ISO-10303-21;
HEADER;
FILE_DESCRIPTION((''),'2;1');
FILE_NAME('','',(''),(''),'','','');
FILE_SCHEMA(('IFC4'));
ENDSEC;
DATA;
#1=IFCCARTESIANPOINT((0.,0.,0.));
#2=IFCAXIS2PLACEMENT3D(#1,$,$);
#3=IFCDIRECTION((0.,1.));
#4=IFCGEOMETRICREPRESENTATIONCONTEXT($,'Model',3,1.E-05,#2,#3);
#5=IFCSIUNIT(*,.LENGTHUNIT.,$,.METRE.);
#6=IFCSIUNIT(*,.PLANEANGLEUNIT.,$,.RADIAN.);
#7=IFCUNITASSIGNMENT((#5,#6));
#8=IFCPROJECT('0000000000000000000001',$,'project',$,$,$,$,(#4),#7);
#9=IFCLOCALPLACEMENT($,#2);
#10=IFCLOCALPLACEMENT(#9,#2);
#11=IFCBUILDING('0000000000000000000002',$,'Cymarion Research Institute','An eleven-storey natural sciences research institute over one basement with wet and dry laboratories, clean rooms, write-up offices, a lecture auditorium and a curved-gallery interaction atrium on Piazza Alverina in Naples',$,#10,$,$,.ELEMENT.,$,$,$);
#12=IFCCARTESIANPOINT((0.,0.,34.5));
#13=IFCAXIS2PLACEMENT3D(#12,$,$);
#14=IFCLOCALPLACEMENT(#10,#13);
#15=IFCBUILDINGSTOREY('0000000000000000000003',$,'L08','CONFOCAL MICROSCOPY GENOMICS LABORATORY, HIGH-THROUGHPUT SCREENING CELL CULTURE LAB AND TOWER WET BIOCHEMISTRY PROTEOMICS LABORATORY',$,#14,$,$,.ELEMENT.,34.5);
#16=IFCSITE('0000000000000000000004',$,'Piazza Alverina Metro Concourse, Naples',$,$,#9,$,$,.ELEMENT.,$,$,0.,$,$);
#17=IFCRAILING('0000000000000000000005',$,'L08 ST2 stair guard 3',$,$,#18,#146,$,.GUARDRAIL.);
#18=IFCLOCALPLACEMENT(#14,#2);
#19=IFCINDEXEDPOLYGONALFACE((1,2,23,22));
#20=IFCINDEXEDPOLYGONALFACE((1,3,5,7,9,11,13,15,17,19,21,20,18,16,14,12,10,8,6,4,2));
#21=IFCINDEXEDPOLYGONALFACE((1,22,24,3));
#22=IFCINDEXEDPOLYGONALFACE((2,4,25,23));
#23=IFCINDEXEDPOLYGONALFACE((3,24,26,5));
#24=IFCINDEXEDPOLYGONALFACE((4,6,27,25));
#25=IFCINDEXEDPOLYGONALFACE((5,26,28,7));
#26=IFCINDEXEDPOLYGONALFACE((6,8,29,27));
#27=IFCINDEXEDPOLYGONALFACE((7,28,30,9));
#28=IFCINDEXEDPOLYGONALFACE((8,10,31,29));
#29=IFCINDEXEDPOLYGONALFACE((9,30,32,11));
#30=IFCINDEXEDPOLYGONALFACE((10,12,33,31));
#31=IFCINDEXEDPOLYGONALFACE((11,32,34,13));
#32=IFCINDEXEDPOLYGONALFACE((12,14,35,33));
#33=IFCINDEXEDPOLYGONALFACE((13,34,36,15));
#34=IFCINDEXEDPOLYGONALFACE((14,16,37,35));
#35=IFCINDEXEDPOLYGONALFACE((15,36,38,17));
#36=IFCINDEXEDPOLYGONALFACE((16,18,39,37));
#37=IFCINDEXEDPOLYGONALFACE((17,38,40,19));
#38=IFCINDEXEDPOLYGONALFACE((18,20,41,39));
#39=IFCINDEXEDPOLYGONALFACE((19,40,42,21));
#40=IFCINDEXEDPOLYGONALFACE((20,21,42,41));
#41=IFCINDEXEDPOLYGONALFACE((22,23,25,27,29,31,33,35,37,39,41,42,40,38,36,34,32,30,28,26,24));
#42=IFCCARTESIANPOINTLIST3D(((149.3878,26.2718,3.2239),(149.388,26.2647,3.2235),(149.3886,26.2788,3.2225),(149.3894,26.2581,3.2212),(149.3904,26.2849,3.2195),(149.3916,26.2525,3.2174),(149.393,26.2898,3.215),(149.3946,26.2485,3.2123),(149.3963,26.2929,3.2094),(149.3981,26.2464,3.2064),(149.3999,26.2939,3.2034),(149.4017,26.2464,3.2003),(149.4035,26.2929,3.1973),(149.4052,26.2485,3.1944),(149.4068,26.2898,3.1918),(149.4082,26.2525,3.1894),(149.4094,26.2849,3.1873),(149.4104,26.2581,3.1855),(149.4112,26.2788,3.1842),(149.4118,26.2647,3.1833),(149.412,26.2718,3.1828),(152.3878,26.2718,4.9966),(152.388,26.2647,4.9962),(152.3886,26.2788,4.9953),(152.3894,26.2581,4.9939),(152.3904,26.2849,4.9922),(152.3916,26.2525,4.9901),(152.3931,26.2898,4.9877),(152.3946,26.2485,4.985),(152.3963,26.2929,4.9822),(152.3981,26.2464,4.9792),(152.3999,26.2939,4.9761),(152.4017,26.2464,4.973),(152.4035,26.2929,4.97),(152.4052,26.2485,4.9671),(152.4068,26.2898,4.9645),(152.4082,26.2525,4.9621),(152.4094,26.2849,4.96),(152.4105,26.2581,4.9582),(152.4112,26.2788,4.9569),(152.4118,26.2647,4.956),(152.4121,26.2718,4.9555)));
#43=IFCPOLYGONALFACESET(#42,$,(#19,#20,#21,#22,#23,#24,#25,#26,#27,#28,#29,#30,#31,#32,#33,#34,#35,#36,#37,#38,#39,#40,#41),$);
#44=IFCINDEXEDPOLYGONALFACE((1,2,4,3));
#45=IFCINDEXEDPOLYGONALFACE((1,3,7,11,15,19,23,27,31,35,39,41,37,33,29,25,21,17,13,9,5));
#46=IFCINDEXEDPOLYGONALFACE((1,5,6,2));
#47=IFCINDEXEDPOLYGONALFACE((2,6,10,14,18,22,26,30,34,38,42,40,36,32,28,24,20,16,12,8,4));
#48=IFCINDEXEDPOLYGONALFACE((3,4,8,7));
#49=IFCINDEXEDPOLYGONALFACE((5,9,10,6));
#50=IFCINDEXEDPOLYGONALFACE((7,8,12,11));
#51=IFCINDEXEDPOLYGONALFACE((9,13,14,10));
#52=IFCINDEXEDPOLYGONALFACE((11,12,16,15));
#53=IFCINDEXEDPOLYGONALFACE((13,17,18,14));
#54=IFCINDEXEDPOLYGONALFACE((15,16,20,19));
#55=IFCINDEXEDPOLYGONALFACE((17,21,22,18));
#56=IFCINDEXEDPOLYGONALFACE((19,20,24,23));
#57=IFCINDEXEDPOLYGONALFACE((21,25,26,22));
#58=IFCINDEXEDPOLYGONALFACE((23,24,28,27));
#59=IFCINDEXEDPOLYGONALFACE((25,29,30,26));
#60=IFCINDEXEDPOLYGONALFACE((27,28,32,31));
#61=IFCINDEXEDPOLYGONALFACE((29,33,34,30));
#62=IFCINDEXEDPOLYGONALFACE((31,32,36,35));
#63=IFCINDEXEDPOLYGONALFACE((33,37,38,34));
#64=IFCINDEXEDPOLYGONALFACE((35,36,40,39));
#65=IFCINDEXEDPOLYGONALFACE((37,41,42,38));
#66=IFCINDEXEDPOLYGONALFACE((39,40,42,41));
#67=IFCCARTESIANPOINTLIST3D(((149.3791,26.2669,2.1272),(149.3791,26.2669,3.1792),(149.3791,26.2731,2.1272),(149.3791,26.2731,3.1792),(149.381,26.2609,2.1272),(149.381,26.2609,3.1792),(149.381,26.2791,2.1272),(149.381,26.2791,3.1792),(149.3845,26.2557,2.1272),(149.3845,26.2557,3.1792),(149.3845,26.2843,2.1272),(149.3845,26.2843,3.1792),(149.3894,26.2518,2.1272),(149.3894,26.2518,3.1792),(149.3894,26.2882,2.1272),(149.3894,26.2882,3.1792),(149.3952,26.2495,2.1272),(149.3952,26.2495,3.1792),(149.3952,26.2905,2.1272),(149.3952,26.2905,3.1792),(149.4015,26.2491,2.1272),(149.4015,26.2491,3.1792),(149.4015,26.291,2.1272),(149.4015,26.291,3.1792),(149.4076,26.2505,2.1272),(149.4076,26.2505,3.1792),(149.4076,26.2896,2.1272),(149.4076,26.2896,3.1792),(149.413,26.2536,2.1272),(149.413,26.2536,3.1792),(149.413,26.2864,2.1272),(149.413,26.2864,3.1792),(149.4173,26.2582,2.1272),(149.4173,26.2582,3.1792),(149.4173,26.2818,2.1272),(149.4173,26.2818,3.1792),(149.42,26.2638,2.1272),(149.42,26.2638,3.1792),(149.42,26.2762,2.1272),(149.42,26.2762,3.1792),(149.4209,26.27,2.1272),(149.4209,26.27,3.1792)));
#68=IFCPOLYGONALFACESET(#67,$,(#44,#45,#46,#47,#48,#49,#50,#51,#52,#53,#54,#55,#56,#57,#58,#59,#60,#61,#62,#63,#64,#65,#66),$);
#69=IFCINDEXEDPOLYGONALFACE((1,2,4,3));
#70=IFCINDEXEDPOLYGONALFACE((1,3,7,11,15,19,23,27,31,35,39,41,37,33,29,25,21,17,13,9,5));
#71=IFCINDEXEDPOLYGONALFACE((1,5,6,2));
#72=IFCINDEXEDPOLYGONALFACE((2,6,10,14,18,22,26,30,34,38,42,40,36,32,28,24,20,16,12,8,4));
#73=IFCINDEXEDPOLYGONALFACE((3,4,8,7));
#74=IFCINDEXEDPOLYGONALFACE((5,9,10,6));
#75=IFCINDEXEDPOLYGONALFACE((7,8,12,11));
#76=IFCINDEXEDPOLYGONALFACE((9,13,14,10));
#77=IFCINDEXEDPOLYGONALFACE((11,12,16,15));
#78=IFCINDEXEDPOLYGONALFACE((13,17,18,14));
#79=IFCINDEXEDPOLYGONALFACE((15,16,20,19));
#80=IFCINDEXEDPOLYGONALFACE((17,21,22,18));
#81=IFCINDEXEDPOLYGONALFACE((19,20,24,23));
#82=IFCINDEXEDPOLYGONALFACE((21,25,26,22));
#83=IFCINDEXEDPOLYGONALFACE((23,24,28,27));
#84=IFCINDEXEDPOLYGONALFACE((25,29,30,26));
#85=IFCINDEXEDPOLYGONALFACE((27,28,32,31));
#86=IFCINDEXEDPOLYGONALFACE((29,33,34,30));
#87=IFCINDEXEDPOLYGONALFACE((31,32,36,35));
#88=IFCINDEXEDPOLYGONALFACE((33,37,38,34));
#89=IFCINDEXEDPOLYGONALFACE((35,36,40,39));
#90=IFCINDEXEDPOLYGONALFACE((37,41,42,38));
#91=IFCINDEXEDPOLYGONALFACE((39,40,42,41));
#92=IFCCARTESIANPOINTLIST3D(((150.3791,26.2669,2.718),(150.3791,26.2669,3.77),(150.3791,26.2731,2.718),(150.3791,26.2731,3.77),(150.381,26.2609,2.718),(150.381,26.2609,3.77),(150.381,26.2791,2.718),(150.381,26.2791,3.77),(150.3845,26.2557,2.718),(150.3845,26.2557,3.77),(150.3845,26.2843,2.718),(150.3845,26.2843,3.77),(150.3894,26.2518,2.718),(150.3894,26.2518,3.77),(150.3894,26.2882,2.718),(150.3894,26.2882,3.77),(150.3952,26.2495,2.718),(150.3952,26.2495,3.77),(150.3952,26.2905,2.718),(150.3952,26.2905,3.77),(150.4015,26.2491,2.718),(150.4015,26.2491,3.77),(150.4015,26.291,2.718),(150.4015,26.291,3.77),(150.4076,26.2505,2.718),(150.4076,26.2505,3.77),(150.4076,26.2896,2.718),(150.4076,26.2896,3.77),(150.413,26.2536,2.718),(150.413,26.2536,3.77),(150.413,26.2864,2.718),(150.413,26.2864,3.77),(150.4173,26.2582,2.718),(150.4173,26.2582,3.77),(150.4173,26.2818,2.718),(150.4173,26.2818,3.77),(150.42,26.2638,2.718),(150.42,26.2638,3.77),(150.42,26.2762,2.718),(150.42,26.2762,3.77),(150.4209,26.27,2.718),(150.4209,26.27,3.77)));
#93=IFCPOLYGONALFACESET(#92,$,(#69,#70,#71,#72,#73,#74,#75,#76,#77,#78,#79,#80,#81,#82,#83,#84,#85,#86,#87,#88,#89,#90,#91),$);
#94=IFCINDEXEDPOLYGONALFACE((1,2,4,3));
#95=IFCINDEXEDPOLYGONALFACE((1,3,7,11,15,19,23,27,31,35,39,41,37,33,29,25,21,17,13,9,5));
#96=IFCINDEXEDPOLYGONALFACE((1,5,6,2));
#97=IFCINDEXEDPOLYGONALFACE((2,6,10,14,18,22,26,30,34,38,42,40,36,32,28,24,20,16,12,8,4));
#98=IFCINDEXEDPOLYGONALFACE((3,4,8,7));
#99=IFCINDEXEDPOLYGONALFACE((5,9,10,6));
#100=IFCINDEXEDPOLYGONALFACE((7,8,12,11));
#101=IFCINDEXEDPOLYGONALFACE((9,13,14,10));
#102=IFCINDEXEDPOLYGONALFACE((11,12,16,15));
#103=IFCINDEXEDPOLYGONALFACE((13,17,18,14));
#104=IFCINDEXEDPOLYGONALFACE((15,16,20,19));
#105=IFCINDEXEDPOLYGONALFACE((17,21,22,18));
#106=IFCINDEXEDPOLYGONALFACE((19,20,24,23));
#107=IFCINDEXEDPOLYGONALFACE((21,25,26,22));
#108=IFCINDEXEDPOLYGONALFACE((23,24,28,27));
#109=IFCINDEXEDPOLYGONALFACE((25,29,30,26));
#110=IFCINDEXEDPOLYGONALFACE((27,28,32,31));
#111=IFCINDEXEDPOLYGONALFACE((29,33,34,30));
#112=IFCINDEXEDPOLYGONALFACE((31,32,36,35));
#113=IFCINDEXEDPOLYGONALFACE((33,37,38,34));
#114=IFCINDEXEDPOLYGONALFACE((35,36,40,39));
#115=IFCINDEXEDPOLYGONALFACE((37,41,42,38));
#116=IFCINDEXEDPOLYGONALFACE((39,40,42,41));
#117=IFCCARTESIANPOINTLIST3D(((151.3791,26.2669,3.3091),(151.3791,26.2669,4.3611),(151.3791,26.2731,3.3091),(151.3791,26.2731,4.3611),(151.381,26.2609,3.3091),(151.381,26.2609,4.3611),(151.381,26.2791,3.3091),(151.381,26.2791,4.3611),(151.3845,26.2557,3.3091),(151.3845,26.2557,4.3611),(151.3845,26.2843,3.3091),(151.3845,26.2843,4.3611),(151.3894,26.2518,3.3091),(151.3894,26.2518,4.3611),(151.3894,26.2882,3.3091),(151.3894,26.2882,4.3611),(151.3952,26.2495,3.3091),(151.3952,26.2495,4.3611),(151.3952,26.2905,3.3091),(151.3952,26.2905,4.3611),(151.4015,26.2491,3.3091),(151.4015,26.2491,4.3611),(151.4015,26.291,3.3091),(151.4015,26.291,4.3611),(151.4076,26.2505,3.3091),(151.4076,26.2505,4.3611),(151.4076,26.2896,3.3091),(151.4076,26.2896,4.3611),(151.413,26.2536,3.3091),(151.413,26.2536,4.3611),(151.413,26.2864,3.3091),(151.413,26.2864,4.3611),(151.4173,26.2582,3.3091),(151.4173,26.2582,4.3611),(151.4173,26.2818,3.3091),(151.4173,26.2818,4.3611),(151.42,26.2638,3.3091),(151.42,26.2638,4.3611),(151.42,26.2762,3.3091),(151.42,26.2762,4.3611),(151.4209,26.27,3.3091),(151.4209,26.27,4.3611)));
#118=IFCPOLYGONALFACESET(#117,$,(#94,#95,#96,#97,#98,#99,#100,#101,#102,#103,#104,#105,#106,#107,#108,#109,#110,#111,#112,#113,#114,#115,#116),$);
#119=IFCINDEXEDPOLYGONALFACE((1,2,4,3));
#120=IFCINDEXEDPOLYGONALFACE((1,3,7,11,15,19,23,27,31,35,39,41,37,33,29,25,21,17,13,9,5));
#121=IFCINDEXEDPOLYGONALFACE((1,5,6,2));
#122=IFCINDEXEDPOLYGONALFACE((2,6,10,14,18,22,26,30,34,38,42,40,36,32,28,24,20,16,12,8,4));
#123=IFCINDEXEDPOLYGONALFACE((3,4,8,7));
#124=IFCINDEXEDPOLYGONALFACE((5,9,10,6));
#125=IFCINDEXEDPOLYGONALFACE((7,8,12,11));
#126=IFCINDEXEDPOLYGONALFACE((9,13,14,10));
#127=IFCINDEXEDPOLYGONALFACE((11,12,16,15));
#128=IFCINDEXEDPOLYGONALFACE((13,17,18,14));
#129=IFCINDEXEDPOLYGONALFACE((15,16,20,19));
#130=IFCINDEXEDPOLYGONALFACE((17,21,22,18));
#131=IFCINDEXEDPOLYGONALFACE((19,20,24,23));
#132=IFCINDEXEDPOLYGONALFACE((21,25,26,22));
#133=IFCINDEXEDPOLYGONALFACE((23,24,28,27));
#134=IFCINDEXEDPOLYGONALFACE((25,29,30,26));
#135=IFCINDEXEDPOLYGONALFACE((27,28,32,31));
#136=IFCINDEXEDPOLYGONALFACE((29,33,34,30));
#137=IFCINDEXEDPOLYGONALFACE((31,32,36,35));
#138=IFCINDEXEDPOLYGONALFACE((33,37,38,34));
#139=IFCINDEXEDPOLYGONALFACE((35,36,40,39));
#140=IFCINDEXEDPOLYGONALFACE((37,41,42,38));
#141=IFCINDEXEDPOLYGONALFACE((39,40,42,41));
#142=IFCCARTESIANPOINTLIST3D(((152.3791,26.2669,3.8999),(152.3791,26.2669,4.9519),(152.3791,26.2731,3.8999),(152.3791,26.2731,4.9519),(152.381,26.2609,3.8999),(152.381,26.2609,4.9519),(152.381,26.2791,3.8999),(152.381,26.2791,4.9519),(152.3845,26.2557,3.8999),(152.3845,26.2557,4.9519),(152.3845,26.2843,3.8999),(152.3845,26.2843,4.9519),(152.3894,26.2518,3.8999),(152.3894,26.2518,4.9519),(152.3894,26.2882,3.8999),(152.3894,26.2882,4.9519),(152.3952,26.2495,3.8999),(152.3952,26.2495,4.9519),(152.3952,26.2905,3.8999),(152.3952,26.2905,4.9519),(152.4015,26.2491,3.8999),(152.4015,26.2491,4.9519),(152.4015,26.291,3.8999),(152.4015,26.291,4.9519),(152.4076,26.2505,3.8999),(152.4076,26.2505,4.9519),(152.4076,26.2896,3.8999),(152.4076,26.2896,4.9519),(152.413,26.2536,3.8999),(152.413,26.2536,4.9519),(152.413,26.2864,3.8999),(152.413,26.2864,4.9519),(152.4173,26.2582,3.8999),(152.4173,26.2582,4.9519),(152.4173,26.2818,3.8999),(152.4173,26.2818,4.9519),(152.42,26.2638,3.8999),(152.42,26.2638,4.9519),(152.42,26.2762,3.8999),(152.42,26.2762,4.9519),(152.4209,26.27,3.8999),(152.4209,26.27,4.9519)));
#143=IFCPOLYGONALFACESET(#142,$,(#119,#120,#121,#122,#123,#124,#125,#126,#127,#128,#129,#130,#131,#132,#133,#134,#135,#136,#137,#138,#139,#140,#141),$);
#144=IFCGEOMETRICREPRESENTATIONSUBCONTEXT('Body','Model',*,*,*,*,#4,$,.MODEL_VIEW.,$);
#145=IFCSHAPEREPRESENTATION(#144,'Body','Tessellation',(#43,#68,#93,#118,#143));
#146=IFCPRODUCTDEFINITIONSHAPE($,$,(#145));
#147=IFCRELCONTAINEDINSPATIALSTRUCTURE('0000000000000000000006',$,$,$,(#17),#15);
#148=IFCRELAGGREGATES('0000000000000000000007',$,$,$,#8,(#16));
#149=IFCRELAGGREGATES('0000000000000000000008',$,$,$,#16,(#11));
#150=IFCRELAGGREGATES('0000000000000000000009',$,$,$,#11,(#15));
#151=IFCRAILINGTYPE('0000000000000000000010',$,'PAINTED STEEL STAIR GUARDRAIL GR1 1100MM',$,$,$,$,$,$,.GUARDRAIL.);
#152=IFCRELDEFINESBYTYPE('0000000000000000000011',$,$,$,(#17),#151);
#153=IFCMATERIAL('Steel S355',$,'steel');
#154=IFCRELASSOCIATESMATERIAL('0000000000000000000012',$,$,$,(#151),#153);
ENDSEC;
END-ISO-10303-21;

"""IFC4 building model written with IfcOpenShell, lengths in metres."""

from ifc_helpers import new_model, si_unit, direction, frame, origin, origin_2d, place, context, subcontext, project, spatial, circle, extrude, material, type_object, element, save


model = new_model("IFC4")

# Units and contexts
model_context = context("Model", 3, precision=1e-05, world=origin(), true_north=direction((0.0, 1.0)))
body_context = subcontext(model_context, "Body", "Model", "MODEL_VIEW")
ifc_project = project(units=[si_unit("LENGTHUNIT", "METRE"), si_unit("PLANEANGLEUNIT", "RADIAN")], contexts=[model_context])

# Site, building, storey
site_placement = place(None, origin())
site = spatial("IfcSite", under=ifc_project, at=site_placement, Name="Piazza Alverina Metro Concourse, Naples", CompositionType="ELEMENT", RefElevation=0.0)
building_placement = place(site_placement, origin())
building = spatial("IfcBuilding", under=site, at=building_placement, Name="Cymarion Research Institute", Description="An eleven-storey natural sciences research institute over one basement with wet and dry laboratories, clean rooms, write-up offices, a lecture auditorium and a curved-gallery interaction atrium on Piazza Alverina in Naples", CompositionType="ELEMENT")
storey_placement = place(building_placement, frame((0.0, 0.0, 34.5)))
storey = spatial("IfcBuildingStorey", under=building, at=storey_placement, Name="L08", Description="CONFOCAL MICROSCOPY GENOMICS LABORATORY, HIGH-THROUGHPUT SCREENING CELL CULTURE LAB AND TOWER WET BIOCHEMISTRY PROTEOMICS LABORATORY", CompositionType="ELEMENT", Elevation=34.5)

# Railing
ifc_material_1 = material(Name="Steel S355", Category="steel")
railing_type_1 = type_object("IfcRailingType", Name="PAINTED STEEL STAIR GUARDRAIL GR1 1100MM", PredefinedType="GUARDRAIL", material=ifc_material_1)
railing_1_placement = place(storey_placement, frame((149.3999, 26.27, 2.1272)))
element("IfcRailing", 1, at=railing_1_placement, inside=storey, type_object=railing_type_1, Name="L08 ST2 stair guard 3", PredefinedType="GUARDRAIL", context=body_context, shape_type="SweptSolid", body=[
    extrude(circle(Radius=0.0239, at=origin_2d()), frame((0.0, 0.0, 1.0762), z_axis=(0.860929, 0.0, 0.508725), x_axis=(0.0, 1.0, 0.0)), (0.0, 0.0, 1.0), 3.4846),
    extrude(circle(Radius=0.021, at=origin_2d()), origin(), (0.0, 0.0, 1.0), 1.052),
    extrude(circle(Radius=0.021, at=origin_2d()), frame((1.0, 0.0, 0.5908)), (0.0, 0.0, 1.0), 1.052),
    extrude(circle(Radius=0.021, at=origin_2d()), frame((2.0, 0.0, 1.1819)), (0.0, 0.0, 1.0), 1.052),
    extrude(circle(Radius=0.021, at=origin_2d()), frame((3.0, 0.0, 1.7727)), (0.0, 0.0, 1.0), 1.052),
])

save(model, "model.ifc")
